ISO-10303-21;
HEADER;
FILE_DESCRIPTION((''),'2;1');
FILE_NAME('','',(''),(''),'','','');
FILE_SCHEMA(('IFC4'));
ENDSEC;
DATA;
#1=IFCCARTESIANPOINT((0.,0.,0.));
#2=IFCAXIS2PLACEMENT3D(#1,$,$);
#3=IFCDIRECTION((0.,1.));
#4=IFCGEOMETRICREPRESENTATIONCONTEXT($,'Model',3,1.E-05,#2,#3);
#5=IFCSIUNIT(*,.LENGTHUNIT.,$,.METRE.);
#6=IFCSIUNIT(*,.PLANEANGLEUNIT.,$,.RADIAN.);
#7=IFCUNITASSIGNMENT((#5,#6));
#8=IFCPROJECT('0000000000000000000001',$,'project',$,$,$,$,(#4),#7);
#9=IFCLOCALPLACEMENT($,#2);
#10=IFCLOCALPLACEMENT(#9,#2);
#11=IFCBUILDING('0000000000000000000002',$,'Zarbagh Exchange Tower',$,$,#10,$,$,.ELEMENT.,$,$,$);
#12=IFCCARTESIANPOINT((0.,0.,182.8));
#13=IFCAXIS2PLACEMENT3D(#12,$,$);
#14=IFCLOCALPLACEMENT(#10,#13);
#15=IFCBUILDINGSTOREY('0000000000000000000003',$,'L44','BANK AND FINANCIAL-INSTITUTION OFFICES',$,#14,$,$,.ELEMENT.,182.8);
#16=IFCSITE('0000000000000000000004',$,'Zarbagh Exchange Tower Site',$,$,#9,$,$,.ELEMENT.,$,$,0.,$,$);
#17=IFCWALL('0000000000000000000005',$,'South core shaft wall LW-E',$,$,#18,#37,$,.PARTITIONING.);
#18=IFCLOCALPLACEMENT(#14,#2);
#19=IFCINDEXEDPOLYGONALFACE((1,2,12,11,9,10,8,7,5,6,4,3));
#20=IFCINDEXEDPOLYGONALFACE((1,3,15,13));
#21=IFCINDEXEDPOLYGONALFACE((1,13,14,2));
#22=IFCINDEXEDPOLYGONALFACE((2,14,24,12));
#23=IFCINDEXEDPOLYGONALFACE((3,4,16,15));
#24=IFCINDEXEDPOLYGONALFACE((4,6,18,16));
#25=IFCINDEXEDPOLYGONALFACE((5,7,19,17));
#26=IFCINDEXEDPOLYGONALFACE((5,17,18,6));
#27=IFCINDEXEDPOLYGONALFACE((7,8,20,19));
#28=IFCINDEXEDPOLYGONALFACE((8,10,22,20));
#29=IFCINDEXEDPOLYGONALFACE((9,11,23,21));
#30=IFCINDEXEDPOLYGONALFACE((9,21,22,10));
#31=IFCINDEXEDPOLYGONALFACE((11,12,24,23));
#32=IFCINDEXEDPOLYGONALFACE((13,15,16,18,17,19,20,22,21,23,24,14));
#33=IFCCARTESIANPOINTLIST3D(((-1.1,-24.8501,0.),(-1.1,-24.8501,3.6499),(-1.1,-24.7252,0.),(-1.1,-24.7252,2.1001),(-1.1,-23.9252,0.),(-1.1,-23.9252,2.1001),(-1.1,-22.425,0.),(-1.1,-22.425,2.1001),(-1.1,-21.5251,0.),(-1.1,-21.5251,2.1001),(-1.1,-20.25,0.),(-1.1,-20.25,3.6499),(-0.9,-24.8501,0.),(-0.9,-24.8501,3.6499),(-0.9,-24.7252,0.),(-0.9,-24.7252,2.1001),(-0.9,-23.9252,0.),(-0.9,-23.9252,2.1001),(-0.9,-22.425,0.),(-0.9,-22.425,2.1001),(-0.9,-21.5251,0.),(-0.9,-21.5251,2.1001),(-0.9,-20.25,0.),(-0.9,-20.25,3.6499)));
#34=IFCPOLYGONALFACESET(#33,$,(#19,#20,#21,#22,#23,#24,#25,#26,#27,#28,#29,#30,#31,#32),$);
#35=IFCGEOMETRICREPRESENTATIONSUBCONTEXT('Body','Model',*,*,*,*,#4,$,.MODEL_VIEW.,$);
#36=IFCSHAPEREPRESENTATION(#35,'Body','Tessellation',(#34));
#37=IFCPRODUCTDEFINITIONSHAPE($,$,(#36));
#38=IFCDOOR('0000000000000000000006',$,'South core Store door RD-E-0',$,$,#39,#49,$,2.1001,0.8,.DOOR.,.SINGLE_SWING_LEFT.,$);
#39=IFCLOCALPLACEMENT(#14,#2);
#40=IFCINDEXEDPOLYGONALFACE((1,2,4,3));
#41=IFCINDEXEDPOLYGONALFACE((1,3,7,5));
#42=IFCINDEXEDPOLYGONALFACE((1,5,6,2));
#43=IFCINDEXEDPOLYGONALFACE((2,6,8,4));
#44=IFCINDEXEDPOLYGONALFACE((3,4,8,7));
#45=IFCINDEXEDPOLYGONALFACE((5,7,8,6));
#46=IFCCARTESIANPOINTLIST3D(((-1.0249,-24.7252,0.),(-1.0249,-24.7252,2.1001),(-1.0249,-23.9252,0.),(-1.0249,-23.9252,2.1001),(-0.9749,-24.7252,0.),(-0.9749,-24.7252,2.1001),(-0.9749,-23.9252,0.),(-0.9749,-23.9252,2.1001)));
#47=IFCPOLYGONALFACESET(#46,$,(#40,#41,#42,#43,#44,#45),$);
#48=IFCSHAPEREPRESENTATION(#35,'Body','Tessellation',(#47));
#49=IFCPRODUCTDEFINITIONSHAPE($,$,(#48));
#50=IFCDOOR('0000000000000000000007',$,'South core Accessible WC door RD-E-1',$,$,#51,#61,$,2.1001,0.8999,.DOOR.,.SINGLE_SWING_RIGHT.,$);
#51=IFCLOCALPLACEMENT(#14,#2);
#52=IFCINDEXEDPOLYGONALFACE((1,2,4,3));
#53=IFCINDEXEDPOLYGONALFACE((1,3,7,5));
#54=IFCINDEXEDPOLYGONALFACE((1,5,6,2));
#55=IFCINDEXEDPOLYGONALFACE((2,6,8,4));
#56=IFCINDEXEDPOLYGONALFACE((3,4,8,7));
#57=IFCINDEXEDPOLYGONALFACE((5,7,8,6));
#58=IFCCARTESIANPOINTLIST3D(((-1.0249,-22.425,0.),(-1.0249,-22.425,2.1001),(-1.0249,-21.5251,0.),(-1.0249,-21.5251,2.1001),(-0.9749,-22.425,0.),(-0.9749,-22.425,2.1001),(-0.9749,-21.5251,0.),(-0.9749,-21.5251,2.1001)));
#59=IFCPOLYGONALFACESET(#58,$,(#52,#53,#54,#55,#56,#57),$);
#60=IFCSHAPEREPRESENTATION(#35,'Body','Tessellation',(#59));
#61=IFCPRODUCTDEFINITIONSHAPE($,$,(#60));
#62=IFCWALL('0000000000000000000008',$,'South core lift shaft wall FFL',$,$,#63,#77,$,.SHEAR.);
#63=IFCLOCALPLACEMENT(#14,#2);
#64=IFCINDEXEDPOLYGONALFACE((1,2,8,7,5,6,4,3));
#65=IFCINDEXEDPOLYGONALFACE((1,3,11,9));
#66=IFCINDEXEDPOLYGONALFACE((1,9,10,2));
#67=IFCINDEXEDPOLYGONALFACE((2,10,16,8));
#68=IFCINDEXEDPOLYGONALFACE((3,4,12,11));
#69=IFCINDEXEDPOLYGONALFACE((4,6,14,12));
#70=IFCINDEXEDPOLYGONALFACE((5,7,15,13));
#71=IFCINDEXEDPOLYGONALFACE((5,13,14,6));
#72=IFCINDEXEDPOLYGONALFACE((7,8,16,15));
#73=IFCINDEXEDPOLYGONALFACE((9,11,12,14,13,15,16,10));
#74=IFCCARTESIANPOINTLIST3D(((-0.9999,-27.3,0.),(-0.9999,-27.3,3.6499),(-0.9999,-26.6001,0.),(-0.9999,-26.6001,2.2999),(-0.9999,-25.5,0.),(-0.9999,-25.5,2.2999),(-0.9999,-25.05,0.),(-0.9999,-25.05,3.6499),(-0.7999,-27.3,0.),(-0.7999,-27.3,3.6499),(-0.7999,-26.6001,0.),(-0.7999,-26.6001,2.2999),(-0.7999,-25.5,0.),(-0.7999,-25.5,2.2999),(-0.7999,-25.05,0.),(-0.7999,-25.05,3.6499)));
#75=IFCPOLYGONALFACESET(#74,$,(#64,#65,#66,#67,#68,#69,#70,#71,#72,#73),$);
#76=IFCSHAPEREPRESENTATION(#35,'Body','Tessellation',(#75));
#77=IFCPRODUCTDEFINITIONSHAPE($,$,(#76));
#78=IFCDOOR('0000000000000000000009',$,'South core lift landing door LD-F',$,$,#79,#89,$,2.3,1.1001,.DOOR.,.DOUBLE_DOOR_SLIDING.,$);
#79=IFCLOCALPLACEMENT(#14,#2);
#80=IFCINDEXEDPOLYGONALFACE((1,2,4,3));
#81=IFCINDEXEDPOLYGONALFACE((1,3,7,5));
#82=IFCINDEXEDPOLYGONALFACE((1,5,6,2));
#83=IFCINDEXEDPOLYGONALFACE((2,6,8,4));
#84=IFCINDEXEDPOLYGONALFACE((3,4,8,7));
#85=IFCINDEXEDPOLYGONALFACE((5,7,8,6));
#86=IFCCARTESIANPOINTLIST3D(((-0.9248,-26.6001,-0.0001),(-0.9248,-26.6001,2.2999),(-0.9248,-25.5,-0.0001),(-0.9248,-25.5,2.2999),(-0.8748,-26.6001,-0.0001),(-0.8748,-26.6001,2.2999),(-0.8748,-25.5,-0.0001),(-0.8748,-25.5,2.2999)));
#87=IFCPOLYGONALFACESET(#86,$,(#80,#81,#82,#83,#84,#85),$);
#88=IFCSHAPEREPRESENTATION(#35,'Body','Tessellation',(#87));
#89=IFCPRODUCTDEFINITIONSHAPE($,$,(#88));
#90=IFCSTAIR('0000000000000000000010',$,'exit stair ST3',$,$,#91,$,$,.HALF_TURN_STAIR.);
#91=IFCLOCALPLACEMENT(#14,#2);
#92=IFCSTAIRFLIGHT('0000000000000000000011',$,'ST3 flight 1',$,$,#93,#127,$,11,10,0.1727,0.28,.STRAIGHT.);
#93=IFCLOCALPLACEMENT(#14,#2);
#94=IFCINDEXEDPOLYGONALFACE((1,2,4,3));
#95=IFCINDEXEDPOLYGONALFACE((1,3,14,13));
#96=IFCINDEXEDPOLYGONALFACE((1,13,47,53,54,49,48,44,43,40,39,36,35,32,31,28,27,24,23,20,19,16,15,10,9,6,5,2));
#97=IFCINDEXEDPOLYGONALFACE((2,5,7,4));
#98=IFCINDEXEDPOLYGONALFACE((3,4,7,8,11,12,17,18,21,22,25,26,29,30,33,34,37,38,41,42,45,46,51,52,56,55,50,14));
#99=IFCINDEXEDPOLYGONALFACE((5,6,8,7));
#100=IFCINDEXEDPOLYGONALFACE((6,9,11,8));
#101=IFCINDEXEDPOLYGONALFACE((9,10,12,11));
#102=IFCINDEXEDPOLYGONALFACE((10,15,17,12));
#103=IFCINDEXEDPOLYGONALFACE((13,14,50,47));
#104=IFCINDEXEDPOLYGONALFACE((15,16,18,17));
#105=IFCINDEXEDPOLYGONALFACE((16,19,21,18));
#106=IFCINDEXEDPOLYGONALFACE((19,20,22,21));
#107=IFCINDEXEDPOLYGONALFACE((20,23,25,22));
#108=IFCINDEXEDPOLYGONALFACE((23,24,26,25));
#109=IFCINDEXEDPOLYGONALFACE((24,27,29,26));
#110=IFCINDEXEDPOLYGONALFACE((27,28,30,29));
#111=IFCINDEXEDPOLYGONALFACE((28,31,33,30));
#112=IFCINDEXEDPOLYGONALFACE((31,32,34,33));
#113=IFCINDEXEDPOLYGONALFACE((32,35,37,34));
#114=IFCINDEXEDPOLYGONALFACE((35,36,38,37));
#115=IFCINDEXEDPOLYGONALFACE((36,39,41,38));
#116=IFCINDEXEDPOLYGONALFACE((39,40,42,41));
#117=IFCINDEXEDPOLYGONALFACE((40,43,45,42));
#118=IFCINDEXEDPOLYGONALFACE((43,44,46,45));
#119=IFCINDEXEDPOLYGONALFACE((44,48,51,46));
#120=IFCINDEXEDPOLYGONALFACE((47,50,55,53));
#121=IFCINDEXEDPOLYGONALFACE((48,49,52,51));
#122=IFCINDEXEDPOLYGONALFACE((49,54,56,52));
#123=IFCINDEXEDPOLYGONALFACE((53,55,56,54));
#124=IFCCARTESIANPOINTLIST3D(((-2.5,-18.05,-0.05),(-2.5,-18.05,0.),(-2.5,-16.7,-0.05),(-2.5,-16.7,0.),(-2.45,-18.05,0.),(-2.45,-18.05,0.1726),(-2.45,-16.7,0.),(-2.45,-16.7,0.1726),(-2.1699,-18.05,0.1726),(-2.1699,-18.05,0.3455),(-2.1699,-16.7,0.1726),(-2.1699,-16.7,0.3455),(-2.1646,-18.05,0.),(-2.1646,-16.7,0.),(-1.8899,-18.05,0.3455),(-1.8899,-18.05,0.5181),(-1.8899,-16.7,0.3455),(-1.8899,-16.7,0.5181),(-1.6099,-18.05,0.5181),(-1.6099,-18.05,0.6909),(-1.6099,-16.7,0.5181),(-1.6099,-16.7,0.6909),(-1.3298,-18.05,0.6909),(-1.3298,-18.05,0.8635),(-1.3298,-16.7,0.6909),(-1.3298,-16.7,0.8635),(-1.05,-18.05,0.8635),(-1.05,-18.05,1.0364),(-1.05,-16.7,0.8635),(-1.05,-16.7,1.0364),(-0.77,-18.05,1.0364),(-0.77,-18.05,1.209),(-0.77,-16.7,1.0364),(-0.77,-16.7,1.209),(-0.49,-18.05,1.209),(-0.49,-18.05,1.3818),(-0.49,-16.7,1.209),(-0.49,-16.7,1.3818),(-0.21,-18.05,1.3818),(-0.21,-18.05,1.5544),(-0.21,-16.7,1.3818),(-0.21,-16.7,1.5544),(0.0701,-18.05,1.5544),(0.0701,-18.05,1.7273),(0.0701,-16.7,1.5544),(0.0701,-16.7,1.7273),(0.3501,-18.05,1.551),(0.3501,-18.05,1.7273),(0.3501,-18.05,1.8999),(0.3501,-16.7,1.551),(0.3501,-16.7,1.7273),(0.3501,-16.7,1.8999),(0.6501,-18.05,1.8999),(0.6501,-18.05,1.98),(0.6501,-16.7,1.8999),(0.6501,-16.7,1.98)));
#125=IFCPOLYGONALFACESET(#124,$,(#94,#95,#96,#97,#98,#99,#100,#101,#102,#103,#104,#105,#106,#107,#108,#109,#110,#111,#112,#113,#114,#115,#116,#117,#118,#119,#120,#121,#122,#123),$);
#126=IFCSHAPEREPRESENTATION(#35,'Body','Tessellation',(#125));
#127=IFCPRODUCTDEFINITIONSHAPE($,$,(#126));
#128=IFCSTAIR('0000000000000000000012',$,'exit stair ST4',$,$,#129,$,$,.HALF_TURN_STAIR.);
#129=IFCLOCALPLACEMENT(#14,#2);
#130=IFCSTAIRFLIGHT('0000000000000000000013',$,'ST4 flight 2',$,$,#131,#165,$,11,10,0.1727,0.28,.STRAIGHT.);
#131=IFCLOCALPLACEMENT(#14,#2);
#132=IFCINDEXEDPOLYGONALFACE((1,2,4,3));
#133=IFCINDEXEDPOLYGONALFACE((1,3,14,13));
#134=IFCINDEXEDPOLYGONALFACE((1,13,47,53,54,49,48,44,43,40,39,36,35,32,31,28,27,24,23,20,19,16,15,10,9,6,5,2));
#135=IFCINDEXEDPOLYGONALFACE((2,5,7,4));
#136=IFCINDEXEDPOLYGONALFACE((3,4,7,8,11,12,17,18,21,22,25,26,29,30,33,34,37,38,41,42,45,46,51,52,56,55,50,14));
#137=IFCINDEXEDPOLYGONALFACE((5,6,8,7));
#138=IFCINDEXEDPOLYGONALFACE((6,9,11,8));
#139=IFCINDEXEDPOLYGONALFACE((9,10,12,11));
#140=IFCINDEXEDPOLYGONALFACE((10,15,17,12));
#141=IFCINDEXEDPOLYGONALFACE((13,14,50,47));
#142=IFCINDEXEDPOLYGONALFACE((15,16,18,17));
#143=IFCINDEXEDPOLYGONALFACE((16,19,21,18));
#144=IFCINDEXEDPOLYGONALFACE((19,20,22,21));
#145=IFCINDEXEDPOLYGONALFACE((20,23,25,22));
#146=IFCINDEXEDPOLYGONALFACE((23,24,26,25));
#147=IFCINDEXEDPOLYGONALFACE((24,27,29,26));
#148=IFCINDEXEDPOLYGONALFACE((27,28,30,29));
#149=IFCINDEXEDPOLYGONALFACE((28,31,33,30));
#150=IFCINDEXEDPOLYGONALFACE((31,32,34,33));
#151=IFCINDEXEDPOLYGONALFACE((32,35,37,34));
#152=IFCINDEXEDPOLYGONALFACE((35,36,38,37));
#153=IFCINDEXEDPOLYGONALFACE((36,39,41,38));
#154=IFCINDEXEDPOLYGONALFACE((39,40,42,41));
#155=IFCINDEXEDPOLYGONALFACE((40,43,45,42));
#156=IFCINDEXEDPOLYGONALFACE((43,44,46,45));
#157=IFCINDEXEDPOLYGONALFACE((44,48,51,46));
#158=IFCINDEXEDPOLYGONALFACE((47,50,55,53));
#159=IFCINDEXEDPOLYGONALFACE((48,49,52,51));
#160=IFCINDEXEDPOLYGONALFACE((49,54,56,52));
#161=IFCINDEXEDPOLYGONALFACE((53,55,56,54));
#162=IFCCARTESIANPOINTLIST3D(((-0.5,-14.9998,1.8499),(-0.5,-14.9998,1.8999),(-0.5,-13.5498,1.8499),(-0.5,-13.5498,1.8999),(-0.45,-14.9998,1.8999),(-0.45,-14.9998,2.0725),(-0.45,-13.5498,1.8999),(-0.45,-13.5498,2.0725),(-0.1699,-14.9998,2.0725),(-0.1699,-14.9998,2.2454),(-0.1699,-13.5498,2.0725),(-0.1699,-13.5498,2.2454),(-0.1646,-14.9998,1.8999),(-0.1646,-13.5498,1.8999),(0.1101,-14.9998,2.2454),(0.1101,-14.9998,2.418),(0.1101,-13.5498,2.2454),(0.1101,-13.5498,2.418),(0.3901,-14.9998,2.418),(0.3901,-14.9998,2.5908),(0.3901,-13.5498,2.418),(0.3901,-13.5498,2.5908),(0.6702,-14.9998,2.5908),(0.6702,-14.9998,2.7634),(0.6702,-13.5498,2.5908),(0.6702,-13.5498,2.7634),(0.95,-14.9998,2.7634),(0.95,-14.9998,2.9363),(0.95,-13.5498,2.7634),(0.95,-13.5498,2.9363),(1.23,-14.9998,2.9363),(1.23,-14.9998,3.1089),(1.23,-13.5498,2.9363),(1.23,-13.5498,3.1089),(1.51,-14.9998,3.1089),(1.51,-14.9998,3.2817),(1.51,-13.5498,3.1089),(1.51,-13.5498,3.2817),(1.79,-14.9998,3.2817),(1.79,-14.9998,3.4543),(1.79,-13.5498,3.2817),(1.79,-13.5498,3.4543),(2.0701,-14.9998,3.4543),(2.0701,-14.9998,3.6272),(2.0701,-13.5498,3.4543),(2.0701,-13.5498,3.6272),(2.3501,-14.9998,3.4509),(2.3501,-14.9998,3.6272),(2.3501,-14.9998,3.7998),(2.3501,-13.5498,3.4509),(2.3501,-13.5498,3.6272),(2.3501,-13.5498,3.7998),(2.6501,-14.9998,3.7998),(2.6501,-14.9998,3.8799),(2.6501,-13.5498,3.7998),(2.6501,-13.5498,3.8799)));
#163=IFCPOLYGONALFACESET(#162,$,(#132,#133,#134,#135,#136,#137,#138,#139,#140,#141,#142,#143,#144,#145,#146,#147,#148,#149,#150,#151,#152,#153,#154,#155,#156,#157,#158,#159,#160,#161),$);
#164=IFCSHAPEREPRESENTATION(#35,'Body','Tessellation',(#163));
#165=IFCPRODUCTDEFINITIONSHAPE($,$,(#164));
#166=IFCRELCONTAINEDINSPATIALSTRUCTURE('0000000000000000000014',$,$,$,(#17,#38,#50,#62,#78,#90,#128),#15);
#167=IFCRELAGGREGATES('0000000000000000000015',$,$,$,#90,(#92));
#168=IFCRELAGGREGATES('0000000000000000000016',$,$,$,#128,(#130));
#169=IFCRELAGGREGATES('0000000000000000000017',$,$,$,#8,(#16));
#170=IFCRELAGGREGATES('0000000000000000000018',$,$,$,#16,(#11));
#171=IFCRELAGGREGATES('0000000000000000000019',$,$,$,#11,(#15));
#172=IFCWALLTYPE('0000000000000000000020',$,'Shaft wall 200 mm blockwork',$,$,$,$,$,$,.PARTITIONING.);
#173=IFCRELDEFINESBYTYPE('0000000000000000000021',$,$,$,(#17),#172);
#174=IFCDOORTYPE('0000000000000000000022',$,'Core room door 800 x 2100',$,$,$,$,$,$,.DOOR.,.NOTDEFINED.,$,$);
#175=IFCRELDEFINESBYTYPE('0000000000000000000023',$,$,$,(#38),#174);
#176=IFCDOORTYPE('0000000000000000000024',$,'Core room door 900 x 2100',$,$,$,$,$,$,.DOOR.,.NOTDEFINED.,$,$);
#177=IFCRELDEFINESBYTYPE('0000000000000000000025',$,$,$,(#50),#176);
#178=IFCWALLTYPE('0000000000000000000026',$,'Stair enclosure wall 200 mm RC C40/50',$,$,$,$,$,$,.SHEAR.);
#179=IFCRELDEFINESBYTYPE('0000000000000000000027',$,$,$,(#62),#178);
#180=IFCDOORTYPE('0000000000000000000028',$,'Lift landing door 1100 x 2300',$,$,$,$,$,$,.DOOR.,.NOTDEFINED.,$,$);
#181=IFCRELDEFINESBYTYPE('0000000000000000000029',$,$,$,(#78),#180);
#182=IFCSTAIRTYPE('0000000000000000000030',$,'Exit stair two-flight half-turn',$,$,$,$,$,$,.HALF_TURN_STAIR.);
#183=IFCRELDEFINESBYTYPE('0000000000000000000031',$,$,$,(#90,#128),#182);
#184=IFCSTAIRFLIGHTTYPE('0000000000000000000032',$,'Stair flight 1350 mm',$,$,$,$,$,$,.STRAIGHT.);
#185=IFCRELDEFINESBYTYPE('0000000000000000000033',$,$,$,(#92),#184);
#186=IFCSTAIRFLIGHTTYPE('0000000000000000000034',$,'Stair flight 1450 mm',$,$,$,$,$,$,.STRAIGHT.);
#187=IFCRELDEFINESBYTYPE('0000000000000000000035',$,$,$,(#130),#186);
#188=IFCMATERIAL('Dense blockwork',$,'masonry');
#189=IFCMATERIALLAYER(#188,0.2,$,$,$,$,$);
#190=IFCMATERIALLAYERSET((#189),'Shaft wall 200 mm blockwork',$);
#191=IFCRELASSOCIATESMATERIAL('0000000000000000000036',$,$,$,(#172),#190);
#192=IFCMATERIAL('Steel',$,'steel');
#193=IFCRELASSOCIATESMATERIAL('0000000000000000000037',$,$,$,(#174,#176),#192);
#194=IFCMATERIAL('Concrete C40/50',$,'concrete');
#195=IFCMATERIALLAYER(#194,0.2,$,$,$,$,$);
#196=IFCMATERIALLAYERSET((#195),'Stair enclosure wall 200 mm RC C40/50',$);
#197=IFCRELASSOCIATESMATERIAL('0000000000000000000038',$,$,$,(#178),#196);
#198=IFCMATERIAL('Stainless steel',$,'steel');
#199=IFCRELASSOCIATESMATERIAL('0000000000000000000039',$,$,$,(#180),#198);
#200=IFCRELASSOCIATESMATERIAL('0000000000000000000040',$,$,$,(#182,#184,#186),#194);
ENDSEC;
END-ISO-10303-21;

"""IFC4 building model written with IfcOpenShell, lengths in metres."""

from ifc_helpers import new_model, si_unit, direction, frame, frame_2d, origin, place, context, subcontext, project, spatial, polyline, rectangle, outline, extrude, material, layer, layer_set, type_object, element, fill, aggregate, save


model = new_model("IFC4")

# Units and contexts
model_context = context("Model", 3, precision=1e-05, world=origin(), true_north=direction((0.0, 1.0)))
body_context = subcontext(model_context, "Body", "Model", "MODEL_VIEW")
ifc_project = project(units=[si_unit("LENGTHUNIT", "METRE"), si_unit("PLANEANGLEUNIT", "RADIAN")], contexts=[model_context])

# Site, building, storey
site_placement = place(None, origin())
site = spatial("IfcSite", under=ifc_project, at=site_placement, Name="Zarbagh Exchange Tower Site", CompositionType="ELEMENT", RefElevation=0.0)
building_placement = place(site_placement, origin())
building = spatial("IfcBuilding", under=site, at=building_placement, Name="Zarbagh Exchange Tower", CompositionType="ELEMENT")
storey_placement = place(building_placement, frame((0.0, 0.0, 182.8)))
storey = spatial("IfcBuildingStorey", under=building, at=storey_placement, Name="L44", Description="BANK AND FINANCIAL-INSTITUTION OFFICES", CompositionType="ELEMENT", Elevation=182.8)

# Shared definitions
ifc_material_1 = material(Name="Concrete C40/50", Category="concrete")

# Shared definitions
ifc_material_2 = material(Name="Dense blockwork", Category="masonry")

# Shared definitions
ifc_layer_1 = layer(ifc_material_2, 0.2)
ifc_layer_set_1 = layer_set([ifc_layer_1], Name="Shaft wall 200 mm blockwork")
wall_type_1 = type_object("IfcWallType", Name="Shaft wall 200 mm blockwork", PredefinedType="PARTITIONING", material=ifc_layer_set_1)

# Wall, openings, doors
wall_1_placement = place(storey_placement, frame((-1.0, -24.8501, 0.0), z_axis=(0.0, 0.0, 1.0), x_axis=(0.0, 1.0, 0.0)))
wall_1 = element("IfcWall", 1, at=wall_1_placement, inside=storey, type_object=wall_type_1, Name="South core shaft wall LW-E", PredefinedType="PARTITIONING", context=body_context, shape_type="SweptSolid", body=[
    extrude(rectangle(XDim=4.6001, YDim=0.2, at=frame_2d((2.3, 0.0))), origin(), (0.0, 0.0, 1.0), 3.6499),
])
opening_1_placement = place(wall_1_placement, frame((0.125, 0.0, 0.0)))
opening_1 = element("IfcOpeningElement", 2, at=opening_1_placement, cuts=wall_1, PredefinedType="OPENING", context=body_context, shape_type="SweptSolid", body=[
    extrude(rectangle(XDim=0.8, YDim=2.1001, at=frame_2d((0.3999, 1.05))), frame((0.0, 0.1099, 0.0), z_axis=(0.0, -1.0, 0.0), x_axis=(1.0, 0.0, 0.0)), (0.0, 0.0, 1.0), 0.22),
])
opening_2_placement = place(wall_1_placement, frame((2.425, 0.0, 0.0)))
opening_2 = element("IfcOpeningElement", 3, at=opening_2_placement, cuts=wall_1, PredefinedType="OPENING", context=body_context, shape_type="SweptSolid", body=[
    extrude(rectangle(XDim=0.8999, YDim=2.1001, at=frame_2d((0.45, 1.05))), frame((0.0, 0.1099, 0.0), z_axis=(0.0, -1.0, 0.0), x_axis=(1.0, 0.0, 0.0)), (0.0, 0.0, 1.0), 0.22),
])
ifc_material_3 = material(Name="Steel", Category="steel")
door_type_1 = type_object("IfcDoorType", Name="Core room door 800 x 2100", OperationType="NOTDEFINED", PredefinedType="DOOR", material=ifc_material_3)
door_1_placement = place(opening_1_placement, origin())
door_1 = element("IfcDoor", 4, at=door_1_placement, inside=storey, type_object=door_type_1, Name="South core Store door RD-E-0", OperationType="SINGLE_SWING_LEFT", OverallHeight=2.1001, OverallWidth=0.8, PredefinedType="DOOR", context=body_context, shape_type="SweptSolid", body=[
    extrude(rectangle(XDim=0.8, YDim=2.1001, at=frame_2d((0.3999, 1.05))), frame((0.0, 0.0249, 0.0), z_axis=(0.0, -1.0, 0.0), x_axis=(1.0, 0.0, 0.0)), (0.0, 0.0, 1.0), 0.05),
])
fill(opening_1, door_1)
door_type_2 = type_object("IfcDoorType", Name="Core room door 900 x 2100", OperationType="NOTDEFINED", PredefinedType="DOOR", material=ifc_material_3)
door_2_placement = place(opening_2_placement, origin())
door_2 = element("IfcDoor", 5, at=door_2_placement, inside=storey, type_object=door_type_2, Name="South core Accessible WC door RD-E-1", OperationType="SINGLE_SWING_RIGHT", OverallHeight=2.1001, OverallWidth=0.8999, PredefinedType="DOOR", context=body_context, shape_type="SweptSolid", body=[
    extrude(rectangle(XDim=0.8999, YDim=2.1001, at=frame_2d((0.45, 1.05))), frame((0.0, 0.0249, 0.0), z_axis=(0.0, -1.0, 0.0), x_axis=(1.0, 0.0, 0.0)), (0.0, 0.0, 1.0), 0.05),
])
fill(opening_2, door_2)

# Wall, opening, door
ifc_layer_2 = layer(ifc_material_1, 0.2)
ifc_layer_set_2 = layer_set([ifc_layer_2], Name="Stair enclosure wall 200 mm RC C40/50")
wall_type_2 = type_object("IfcWallType", Name="Stair enclosure wall 200 mm RC C40/50", PredefinedType="SHEAR", material=ifc_layer_set_2)
wall_2_placement = place(storey_placement, frame((-0.8999, -27.3, 0.0), z_axis=(0.0, 0.0, 1.0), x_axis=(0.0, 1.0, 0.0)))
wall_2 = element("IfcWall", 6, at=wall_2_placement, inside=storey, type_object=wall_type_2, Name="South core lift shaft wall FFL", PredefinedType="SHEAR", context=body_context, shape_type="SweptSolid", body=[
    extrude(rectangle(XDim=2.25, YDim=0.2, at=frame_2d((1.125, 0.0))), origin(), (0.0, 0.0, 1.0), 3.6499),
])
opening_3_placement = place(wall_2_placement, frame((0.7, 0.0, 0.0)))
opening_3 = element("IfcOpeningElement", 7, at=opening_3_placement, cuts=wall_2, PredefinedType="OPENING", context=body_context, shape_type="SweptSolid", body=[
    extrude(rectangle(XDim=1.1001, YDim=2.3, at=frame_2d((0.55, 1.1499))), frame((0.0, 0.1099, 0.0), z_axis=(0.0, -1.0, 0.0), x_axis=(1.0, 0.0, 0.0)), (0.0, 0.0, 1.0), 0.22),
])
ifc_material_4 = material(Name="Stainless steel", Category="steel")
door_type_3 = type_object("IfcDoorType", Name="Lift landing door 1100 x 2300", OperationType="NOTDEFINED", PredefinedType="DOOR", material=ifc_material_4)
door_3_placement = place(opening_3_placement, origin())
door_3 = element("IfcDoor", 8, at=door_3_placement, inside=storey, type_object=door_type_3, Name="South core lift landing door LD-F", OperationType="DOUBLE_DOOR_SLIDING", OverallHeight=2.3, OverallWidth=1.1001, PredefinedType="DOOR", context=body_context, shape_type="SweptSolid", body=[
    extrude(rectangle(XDim=1.1001, YDim=2.3, at=frame_2d((0.55, 1.1499))), frame((0.0, 0.0249, 0.0), z_axis=(0.0, -1.0, 0.0), x_axis=(1.0, 0.0, 0.0)), (0.0, 0.0, 1.0), 0.05),
])
fill(opening_3, door_3)

# Stairs, stair flights
stair_type = type_object("IfcStairType", Name="Exit stair two-flight half-turn", PredefinedType="HALF_TURN_STAIR", material=ifc_material_1)
stair_1_placement = place(storey_placement, origin())
stair_1 = element("IfcStair", 9, at=stair_1_placement, inside=storey, type_object=stair_type, Name="exit stair ST3", PredefinedType="HALF_TURN_STAIR")
stair_flight_type_1 = type_object("IfcStairFlightType", Name="Stair flight 1350 mm", PredefinedType="STRAIGHT", material=ifc_material_1)
stair_flight_1_placement = place(storey_placement, frame((-2.45, -17.375, 0.0), z_axis=(0.0, 0.0, 1.0), x_axis=(1.0, 0.0, 0.0)))
stair_flight_1 = element("IfcStairFlight", 10, at=stair_flight_1_placement, type_object=stair_flight_type_1, Name="ST3 flight 1", NumberOfRisers=11, NumberOfTreads=10, PredefinedType="STRAIGHT", RiserHeight=0.1727, TreadLength=0.28, context=body_context, shape_type="SweptSolid", body=[
    extrude(outline(polyline([(-0.05, -0.05), (-0.05, 0.0), (0.0, 0.0), (0.0, 0.1726), (0.28, 0.1726), (0.28, 0.3455), (0.5601, 0.3455), (0.5601, 0.5181), (0.8401, 0.5181), (0.8401, 0.6909), (1.1201, 0.6909), (1.1201, 0.8635), (1.3999, 0.8635), (1.3999, 1.0364), (1.6799, 1.0364), (1.6799, 1.209), (1.96, 1.209), (1.96, 1.3818), (2.24, 1.3818), (2.24, 1.5544), (2.52, 1.5544), (2.52, 1.7273), (2.8, 1.7273), (2.8, 1.8999), (3.1001, 1.98), (3.1001, 1.8999), (2.8, 1.551), (0.2854, 0.0), (-0.05, -0.05)])), frame((0.0, 0.675, 0.0), z_axis=(0.0, -1.0, 0.0), x_axis=(1.0, 0.0, 0.0)), (0.0, 0.0, 1.0), 1.3501),
])
aggregate(stair_1, [stair_flight_1])
stair_2_placement = place(storey_placement, origin())
stair_2 = element("IfcStair", 11, at=stair_2_placement, inside=storey, type_object=stair_type, Name="exit stair ST4", PredefinedType="HALF_TURN_STAIR")
stair_flight_type_2 = type_object("IfcStairFlightType", Name="Stair flight 1450 mm", PredefinedType="STRAIGHT", material=ifc_material_1)
stair_flight_2_placement = place(storey_placement, frame((-0.45, -14.2749, 1.8999), z_axis=(0.0, 0.0, 1.0), x_axis=(1.0, 0.0, 0.0)))
stair_flight_2 = element("IfcStairFlight", 12, at=stair_flight_2_placement, type_object=stair_flight_type_2, Name="ST4 flight 2", NumberOfRisers=11, NumberOfTreads=10, PredefinedType="STRAIGHT", RiserHeight=0.1727, TreadLength=0.28, context=body_context, shape_type="SweptSolid", body=[
    extrude(outline(polyline([(-0.05, -0.05), (-0.05, 0.0), (0.0, 0.0), (0.0, 0.1726), (0.28, 0.1726), (0.28, 0.3455), (0.5601, 0.3455), (0.5601, 0.5181), (0.8401, 0.5181), (0.8401, 0.6909), (1.1201, 0.6909), (1.1201, 0.8635), (1.3999, 0.8635), (1.3999, 1.0364), (1.6799, 1.0364), (1.6799, 1.209), (1.96, 1.209), (1.96, 1.3818), (2.24, 1.3818), (2.24, 1.5544), (2.52, 1.5544), (2.52, 1.7273), (2.8, 1.7273), (2.8, 1.8999), (3.1001, 1.98), (3.1001, 1.8999), (2.8, 1.551), (0.2854, 0.0), (-0.05, -0.05)])), frame((0.0, 0.7251, 0.0), z_axis=(0.0, -1.0, 0.0), x_axis=(1.0, 0.0, 0.0)), (0.0, 0.0, 1.0), 1.45),
])
aggregate(stair_2, [stair_flight_2])

save(model, "model.ifc")
